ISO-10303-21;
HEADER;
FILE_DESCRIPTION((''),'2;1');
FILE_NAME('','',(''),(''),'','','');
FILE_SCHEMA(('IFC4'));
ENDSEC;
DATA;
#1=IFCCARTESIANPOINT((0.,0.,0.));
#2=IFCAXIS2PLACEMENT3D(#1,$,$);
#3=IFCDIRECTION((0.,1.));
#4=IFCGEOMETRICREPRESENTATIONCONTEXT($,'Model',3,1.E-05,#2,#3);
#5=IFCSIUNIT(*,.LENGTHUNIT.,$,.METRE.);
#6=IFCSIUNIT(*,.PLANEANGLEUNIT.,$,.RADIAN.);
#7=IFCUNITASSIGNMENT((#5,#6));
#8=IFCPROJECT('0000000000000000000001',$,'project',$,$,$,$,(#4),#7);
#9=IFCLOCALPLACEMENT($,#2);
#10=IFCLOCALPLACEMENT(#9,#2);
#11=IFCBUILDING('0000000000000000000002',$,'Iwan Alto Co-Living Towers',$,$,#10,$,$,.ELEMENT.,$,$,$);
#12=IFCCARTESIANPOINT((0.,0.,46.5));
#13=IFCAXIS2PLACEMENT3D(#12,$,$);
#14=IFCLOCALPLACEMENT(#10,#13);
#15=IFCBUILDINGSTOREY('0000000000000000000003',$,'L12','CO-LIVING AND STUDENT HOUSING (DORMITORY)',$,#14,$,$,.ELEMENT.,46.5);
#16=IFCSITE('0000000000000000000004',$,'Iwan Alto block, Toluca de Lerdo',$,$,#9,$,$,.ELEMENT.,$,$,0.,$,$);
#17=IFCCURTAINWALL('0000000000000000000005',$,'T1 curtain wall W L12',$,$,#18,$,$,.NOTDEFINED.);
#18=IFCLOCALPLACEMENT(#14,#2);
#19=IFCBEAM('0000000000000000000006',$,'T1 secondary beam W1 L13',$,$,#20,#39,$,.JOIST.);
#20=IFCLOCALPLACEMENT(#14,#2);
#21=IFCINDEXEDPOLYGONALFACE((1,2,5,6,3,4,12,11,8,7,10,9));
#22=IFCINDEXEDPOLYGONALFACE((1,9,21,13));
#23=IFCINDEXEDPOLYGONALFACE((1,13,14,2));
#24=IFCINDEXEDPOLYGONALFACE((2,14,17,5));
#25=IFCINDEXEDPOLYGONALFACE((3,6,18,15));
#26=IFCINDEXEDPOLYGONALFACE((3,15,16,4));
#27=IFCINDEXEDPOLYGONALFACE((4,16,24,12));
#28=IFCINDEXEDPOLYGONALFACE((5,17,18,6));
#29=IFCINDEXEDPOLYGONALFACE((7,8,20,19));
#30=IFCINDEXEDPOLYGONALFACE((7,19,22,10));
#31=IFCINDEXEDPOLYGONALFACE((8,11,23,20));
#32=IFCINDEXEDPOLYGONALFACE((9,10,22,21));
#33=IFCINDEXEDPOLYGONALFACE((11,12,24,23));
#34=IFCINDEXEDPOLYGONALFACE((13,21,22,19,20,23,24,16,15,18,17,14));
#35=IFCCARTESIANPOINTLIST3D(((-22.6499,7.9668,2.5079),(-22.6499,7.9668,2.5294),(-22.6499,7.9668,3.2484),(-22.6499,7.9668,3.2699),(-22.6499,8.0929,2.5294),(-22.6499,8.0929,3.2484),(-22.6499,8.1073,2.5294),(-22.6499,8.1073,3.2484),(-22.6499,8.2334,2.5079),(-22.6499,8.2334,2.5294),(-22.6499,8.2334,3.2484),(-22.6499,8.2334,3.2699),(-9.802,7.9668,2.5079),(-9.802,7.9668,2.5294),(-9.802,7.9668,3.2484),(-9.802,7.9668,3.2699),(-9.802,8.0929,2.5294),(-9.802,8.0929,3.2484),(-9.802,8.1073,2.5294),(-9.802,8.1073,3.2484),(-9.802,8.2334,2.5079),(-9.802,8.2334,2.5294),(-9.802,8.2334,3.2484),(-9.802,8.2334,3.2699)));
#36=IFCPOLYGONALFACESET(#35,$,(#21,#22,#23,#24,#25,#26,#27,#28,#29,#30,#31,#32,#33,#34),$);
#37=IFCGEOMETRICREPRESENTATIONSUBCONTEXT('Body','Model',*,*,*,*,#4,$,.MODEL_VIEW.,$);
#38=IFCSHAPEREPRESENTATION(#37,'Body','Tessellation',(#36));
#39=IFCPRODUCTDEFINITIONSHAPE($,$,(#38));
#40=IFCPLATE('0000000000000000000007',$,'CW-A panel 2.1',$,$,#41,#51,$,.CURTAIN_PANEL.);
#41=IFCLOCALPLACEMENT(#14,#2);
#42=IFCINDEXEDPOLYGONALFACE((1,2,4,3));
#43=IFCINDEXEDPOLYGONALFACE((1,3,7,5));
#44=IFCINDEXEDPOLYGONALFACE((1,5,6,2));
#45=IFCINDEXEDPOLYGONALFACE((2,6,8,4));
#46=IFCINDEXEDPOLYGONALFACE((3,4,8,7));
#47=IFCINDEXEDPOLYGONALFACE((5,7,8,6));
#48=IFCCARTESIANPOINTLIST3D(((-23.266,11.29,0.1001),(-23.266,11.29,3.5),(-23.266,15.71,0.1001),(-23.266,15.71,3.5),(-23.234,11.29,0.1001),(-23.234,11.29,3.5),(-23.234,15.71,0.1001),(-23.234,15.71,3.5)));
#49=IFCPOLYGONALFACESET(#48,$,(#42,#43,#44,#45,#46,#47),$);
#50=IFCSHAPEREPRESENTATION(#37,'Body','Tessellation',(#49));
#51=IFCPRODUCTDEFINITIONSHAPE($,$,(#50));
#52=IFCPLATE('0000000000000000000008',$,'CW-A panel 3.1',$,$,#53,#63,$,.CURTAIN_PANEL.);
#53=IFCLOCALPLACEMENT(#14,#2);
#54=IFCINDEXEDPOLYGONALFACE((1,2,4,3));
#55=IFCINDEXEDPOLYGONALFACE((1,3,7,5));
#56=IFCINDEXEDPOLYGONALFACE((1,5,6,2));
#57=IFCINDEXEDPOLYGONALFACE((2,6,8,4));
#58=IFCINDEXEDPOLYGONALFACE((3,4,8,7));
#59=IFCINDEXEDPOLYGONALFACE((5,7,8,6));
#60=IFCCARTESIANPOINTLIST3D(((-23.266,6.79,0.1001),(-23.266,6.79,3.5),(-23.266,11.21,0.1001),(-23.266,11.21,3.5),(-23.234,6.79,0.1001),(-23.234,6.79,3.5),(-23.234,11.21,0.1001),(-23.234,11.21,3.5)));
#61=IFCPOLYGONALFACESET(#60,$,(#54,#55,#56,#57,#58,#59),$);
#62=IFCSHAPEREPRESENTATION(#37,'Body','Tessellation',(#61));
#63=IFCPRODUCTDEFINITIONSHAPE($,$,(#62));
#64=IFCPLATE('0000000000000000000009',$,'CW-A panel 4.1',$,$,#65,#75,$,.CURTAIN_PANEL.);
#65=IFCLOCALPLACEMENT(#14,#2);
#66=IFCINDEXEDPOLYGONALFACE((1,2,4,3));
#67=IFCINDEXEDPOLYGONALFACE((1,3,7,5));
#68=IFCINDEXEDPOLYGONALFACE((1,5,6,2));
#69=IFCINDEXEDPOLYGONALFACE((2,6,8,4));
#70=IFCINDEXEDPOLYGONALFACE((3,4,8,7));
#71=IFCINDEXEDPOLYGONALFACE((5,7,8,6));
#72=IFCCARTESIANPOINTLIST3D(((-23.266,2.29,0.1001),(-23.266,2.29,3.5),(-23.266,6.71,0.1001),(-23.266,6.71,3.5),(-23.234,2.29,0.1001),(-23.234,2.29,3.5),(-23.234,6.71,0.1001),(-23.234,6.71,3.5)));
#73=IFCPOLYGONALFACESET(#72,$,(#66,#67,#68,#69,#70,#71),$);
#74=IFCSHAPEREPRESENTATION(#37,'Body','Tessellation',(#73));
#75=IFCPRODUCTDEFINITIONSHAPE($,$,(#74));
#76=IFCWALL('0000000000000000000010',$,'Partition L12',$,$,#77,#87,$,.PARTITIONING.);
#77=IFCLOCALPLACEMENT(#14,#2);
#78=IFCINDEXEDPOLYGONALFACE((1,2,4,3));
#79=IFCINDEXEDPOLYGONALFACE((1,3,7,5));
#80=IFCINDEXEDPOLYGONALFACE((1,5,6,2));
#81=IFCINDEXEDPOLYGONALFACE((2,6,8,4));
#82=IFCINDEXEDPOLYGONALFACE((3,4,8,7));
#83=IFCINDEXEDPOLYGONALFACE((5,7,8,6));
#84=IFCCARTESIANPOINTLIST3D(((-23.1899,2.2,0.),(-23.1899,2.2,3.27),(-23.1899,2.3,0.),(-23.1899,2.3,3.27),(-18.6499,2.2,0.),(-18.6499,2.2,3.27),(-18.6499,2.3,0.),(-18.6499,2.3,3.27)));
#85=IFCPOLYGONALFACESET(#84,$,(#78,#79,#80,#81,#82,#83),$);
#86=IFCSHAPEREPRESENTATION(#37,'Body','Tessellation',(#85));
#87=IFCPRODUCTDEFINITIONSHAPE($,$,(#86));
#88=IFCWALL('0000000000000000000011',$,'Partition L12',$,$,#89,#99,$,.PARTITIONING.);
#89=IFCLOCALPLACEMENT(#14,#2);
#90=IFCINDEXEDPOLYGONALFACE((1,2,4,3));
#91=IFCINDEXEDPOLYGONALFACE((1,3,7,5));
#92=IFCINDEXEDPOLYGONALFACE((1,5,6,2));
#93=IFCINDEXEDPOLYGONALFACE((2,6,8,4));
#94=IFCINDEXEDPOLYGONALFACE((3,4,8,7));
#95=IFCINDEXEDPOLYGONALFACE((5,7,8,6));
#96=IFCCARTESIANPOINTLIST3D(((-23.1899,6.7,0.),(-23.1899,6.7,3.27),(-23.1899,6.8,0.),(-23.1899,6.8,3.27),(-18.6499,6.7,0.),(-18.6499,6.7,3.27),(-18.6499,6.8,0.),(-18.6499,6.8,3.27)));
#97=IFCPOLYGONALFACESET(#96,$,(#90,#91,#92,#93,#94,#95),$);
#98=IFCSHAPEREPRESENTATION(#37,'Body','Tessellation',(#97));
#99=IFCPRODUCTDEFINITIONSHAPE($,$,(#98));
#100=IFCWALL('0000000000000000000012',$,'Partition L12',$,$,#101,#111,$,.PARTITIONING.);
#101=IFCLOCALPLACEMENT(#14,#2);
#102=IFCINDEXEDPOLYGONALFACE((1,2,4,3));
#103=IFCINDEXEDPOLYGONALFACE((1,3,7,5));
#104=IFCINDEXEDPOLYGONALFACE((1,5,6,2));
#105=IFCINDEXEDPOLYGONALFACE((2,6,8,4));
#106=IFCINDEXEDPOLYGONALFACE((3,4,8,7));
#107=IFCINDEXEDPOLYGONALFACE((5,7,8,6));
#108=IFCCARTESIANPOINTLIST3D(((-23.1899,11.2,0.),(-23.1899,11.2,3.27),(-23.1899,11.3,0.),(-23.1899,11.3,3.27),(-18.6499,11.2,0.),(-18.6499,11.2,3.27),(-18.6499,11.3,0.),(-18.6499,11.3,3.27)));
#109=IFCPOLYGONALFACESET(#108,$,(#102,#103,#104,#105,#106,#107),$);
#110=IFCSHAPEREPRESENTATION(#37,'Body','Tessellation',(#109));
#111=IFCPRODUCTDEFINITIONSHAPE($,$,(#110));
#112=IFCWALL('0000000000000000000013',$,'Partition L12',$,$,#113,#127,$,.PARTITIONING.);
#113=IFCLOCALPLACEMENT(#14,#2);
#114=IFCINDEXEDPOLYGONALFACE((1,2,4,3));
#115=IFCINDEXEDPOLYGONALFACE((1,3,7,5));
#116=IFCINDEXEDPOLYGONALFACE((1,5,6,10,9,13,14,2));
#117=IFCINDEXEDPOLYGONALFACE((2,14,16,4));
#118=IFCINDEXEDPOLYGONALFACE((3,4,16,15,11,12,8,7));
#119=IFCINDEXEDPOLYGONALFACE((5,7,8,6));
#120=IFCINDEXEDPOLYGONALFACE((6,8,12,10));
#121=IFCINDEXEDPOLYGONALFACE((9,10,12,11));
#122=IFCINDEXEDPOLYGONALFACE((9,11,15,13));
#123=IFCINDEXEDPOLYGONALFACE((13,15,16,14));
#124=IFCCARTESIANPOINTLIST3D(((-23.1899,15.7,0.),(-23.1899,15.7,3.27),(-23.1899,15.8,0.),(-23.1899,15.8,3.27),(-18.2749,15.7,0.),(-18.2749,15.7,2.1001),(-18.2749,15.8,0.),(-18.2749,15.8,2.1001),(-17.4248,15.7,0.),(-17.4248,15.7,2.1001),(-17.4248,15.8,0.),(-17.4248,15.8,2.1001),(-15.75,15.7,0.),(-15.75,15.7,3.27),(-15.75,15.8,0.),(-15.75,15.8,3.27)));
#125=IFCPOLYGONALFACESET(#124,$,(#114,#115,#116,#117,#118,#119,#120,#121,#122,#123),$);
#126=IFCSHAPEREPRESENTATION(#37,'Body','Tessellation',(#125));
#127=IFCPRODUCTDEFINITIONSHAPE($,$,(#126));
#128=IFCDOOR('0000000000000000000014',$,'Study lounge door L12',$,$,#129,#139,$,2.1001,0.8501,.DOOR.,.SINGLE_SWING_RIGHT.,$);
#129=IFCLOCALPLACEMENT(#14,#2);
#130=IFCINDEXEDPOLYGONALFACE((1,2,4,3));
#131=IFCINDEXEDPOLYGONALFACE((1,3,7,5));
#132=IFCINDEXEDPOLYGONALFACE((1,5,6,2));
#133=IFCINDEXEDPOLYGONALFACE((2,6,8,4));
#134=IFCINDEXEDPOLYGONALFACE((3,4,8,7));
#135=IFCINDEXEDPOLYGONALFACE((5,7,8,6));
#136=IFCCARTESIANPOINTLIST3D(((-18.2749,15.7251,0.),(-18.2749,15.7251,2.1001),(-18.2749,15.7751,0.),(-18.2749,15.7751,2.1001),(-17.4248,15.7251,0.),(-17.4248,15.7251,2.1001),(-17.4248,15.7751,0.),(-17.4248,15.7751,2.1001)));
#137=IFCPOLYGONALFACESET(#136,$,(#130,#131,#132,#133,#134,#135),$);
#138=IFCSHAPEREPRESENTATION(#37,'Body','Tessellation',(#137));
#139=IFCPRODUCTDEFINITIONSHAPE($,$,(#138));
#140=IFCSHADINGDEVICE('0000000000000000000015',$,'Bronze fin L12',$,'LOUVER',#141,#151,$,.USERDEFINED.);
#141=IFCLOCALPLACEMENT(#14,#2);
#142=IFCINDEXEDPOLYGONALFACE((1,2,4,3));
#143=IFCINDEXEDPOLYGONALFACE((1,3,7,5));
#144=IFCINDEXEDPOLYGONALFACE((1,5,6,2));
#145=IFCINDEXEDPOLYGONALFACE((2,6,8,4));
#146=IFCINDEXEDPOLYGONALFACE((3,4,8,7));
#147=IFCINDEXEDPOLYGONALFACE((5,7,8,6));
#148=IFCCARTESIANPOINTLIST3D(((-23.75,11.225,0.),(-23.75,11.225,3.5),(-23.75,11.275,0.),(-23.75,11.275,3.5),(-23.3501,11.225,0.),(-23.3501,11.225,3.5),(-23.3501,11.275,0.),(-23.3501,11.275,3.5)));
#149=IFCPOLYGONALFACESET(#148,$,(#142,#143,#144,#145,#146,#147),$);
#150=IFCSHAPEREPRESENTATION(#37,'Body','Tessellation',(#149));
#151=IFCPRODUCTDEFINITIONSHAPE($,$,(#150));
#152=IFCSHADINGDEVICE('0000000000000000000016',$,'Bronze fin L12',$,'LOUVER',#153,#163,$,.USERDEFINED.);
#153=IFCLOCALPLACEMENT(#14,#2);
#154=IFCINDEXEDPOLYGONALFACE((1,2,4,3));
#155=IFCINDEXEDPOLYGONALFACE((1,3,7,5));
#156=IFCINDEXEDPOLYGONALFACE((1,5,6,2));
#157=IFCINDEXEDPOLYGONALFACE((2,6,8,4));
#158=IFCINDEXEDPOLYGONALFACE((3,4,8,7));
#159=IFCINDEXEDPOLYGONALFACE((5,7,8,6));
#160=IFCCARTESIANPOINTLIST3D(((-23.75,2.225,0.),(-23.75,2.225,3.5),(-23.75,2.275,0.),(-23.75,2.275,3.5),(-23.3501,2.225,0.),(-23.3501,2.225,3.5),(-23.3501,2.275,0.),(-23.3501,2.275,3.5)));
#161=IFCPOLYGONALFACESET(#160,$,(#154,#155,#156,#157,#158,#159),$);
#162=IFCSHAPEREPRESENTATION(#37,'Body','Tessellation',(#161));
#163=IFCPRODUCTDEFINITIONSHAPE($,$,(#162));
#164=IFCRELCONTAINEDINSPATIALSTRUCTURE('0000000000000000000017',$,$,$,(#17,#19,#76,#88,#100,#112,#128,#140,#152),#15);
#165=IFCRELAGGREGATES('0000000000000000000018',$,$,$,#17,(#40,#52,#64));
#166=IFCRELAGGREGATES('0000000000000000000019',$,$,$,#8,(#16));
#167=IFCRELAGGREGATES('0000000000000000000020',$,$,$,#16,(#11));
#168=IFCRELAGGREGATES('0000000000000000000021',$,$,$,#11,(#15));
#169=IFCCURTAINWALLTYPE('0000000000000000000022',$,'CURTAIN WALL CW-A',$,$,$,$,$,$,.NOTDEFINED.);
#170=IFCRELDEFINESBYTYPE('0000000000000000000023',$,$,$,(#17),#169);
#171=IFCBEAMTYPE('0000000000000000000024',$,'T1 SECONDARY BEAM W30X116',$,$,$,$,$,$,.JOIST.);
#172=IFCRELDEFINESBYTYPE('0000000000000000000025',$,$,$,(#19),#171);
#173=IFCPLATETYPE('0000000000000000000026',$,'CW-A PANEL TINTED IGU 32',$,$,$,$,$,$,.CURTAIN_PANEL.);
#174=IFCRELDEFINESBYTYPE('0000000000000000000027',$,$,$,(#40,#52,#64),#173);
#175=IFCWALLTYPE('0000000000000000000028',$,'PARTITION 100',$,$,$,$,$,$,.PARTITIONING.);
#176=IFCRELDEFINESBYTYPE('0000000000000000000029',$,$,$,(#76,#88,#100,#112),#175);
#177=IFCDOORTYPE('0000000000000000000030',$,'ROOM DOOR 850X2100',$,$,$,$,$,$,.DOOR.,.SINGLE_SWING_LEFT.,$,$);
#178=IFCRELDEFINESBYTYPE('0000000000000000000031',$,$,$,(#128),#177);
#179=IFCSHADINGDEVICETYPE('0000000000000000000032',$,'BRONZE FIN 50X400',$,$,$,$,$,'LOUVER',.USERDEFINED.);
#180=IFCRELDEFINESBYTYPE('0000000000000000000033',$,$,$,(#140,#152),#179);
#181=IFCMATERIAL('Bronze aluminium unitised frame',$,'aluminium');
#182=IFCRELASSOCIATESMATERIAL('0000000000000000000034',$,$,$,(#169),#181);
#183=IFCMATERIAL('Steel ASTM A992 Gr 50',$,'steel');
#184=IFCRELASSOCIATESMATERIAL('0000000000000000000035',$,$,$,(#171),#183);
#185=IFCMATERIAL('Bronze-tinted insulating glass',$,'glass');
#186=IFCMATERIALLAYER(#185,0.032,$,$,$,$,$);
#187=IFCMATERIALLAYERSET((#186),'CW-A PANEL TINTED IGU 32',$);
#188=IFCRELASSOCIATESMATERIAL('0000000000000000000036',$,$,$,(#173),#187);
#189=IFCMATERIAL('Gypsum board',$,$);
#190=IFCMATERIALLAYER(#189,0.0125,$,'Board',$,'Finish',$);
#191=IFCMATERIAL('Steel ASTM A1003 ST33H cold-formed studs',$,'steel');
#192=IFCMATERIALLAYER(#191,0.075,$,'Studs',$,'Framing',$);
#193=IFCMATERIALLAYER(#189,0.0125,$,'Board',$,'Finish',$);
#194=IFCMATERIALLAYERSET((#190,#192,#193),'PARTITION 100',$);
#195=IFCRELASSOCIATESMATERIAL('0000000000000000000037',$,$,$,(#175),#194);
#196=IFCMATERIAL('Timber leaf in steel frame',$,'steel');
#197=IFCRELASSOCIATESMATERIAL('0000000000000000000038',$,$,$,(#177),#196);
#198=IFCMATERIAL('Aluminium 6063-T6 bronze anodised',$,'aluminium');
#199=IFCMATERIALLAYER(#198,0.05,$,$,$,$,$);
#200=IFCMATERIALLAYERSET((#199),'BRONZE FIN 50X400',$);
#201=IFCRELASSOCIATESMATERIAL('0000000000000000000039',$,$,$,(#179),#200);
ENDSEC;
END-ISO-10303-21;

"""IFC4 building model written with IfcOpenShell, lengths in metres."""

from ifc_helpers import new_model, si_unit, direction, frame, frame_2d, origin, origin_2d, place, context, subcontext, project, spatial, rectangle, i_section, extrude, material, layer, layer_set, material_profile, profile_set, type_object, element, fill, aggregate, save


model = new_model("IFC4")

# Units and contexts
model_context = context("Model", 3, precision=1e-05, world=origin(), true_north=direction((0.0, 1.0)))
body_context = subcontext(model_context, "Body", "Model", "MODEL_VIEW")
ifc_project = project(units=[si_unit("LENGTHUNIT", "METRE"), si_unit("PLANEANGLEUNIT", "RADIAN")], contexts=[model_context])

# Site, building, storey
site_placement = place(None, origin())
site = spatial("IfcSite", under=ifc_project, at=site_placement, Name="Iwan Alto block, Toluca de Lerdo", CompositionType="ELEMENT", RefElevation=0.0)
building_placement = place(site_placement, origin())
building = spatial("IfcBuilding", under=site, at=building_placement, Name="Iwan Alto Co-Living Towers", CompositionType="ELEMENT")
storey_placement = place(building_placement, frame((0.0, 0.0, 46.5)))
storey = spatial("IfcBuildingStorey", under=building, at=storey_placement, Name="L12", Description="CO-LIVING AND STUDENT HOUSING (DORMITORY)", CompositionType="ELEMENT", Elevation=46.5)

# Curtain wall
ifc_material_1 = material(Name="Bronze aluminium unitised frame", Category="aluminium")
curtain_wall_type = type_object("IfcCurtainWallType", Name="CURTAIN WALL CW-A", PredefinedType="NOTDEFINED", material=ifc_material_1)
curtain_wall_placement = place(storey_placement, origin())
curtain_wall = element("IfcCurtainWall", 1, at=curtain_wall_placement, inside=storey, type_object=curtain_wall_type, Name="T1 curtain wall W L12", PredefinedType="NOTDEFINED")

# Beam
ifc_material_2 = material(Name="Steel ASTM A992 Gr 50", Category="steel")
ifc_material_profile_1 = material_profile(ifc_material_2, i_section(OverallWidth=0.2666, OverallDepth=0.762, WebThickness=0.0144, FlangeThickness=0.0215, at=origin_2d()), Name="W30X116")
ifc_profile_set_1 = profile_set([ifc_material_profile_1], Name="Steel ASTM A992 Gr 50")
beam_type_1 = type_object("IfcBeamType", Name="T1 SECONDARY BEAM W30X116", PredefinedType="JOIST", material=ifc_profile_set_1)
beam_1_placement = place(storey_placement, frame((-22.6499, 8.1001, 2.8889), z_axis=(1.0, 0.0, 0.0), x_axis=(0.0, 1.0, 0.0)))
element("IfcBeam", 2, at=beam_1_placement, inside=storey, type_object=beam_type_1, Name="T1 secondary beam W1 L13", PredefinedType="JOIST", context=body_context, shape_type="SweptSolid", body=[
    extrude(i_section(OverallWidth=0.2666, OverallDepth=0.762, WebThickness=0.0144, FlangeThickness=0.0215, at=origin_2d()), origin(), (0.0, 0.0, 1.0), 12.8479),
])

# Plates
ifc_material_3 = material(Name="Bronze-tinted insulating glass", Category="glass")
ifc_layer_1 = layer(ifc_material_3, 0.032)
ifc_layer_set_1 = layer_set([ifc_layer_1], Name="CW-A PANEL TINTED IGU 32")
plate_type = type_object("IfcPlateType", Name="CW-A PANEL TINTED IGU 32", PredefinedType="CURTAIN_PANEL", material=ifc_layer_set_1)
plate_1_placement = place(storey_placement, frame((-23.25, 13.5, 0.1001), z_axis=(0.0, 0.0, 1.0), x_axis=(0.0, -1.0, 0.0)))
plate_1 = element("IfcPlate", 3, at=plate_1_placement, type_object=plate_type, Name="CW-A panel 2.1", PredefinedType="CURTAIN_PANEL", context=body_context, shape_type="SweptSolid", body=[
    extrude(rectangle(XDim=4.4199, YDim=0.032, at=origin_2d()), origin(), (0.0, 0.0, 1.0), 3.3999),
])
plate_2_placement = place(storey_placement, frame((-23.25, 9.0, 0.1001), z_axis=(0.0, 0.0, 1.0), x_axis=(0.0, -1.0, 0.0)))
plate_2 = element("IfcPlate", 4, at=plate_2_placement, type_object=plate_type, Name="CW-A panel 3.1", PredefinedType="CURTAIN_PANEL", context=body_context, shape_type="SweptSolid", body=[
    extrude(rectangle(XDim=4.4199, YDim=0.032, at=origin_2d()), origin(), (0.0, 0.0, 1.0), 3.3999),
])
plate_3_placement = place(storey_placement, frame((-23.25, 4.5, 0.1001), z_axis=(0.0, 0.0, 1.0), x_axis=(0.0, -1.0, 0.0)))
plate_3 = element("IfcPlate", 5, at=plate_3_placement, type_object=plate_type, Name="CW-A panel 4.1", PredefinedType="CURTAIN_PANEL", context=body_context, shape_type="SweptSolid", body=[
    extrude(rectangle(XDim=4.4199, YDim=0.032, at=origin_2d()), origin(), (0.0, 0.0, 1.0), 3.3999),
])
aggregate(curtain_wall, [plate_1, plate_2, plate_3])

# Walls
ifc_material_4 = material(Name="Gypsum board")
ifc_layer_2 = layer(ifc_material_4, 0.0125, Name="Board", Category="Finish")
ifc_material_5 = material(Name="Steel ASTM A1003 ST33H cold-formed studs", Category="steel")
ifc_layer_3 = layer(ifc_material_5, 0.075, Name="Studs", Category="Framing")
ifc_layer_4 = layer(ifc_material_4, 0.0125, Name="Board", Category="Finish")
ifc_layer_set_2 = layer_set([ifc_layer_2, ifc_layer_3, ifc_layer_4], Name="PARTITION 100")
wall_type = type_object("IfcWallType", Name="PARTITION 100", PredefinedType="PARTITIONING", material=ifc_layer_set_2)
for number, where, z_axis, x_axis, name in (
    (6, (-23.1899, 2.25, 0.0), (0.0, 0.0, 1.0), (1.0, 0.0, 0.0), "Partition L12"),
    (7, (-23.1899, 6.75, 0.0), (0.0, 0.0, 1.0), (1.0, 0.0, 0.0), "Partition L12"),
    (8, (-23.1899, 11.25, 0.0), (0.0, 0.0, 1.0), (1.0, 0.0, 0.0), "Partition L12"),
):
    element("IfcWall", number, at=place(storey_placement, frame(where, z_axis=z_axis, x_axis=x_axis)), inside=storey, type_object=wall_type, Name=name, PredefinedType="PARTITIONING", context=body_context, shape_type="SweptSolid", body=[
        extrude(rectangle(XDim=4.54, YDim=0.1001, at=frame_2d((2.27, 0.0))), origin(), (0.0, 0.0, 1.0), 3.27),
    ])

# Wall, opening, door
wall_placement = place(storey_placement, frame((-23.1899, 15.75, 0.0), z_axis=(0.0, 0.0, 1.0), x_axis=(1.0, 0.0, 0.0)))
wall = element("IfcWall", 9, at=wall_placement, inside=storey, type_object=wall_type, Name="Partition L12", PredefinedType="PARTITIONING", context=body_context, shape_type="SweptSolid", body=[
    extrude(rectangle(XDim=7.4399, YDim=0.1001, at=frame_2d((3.72, 0.0))), origin(), (0.0, 0.0, 1.0), 3.27),
])
opening_placement = place(wall_placement, frame((4.915, 0.0, 0.0)))
opening = element("IfcOpeningElement", 10, at=opening_placement, cuts=wall, PredefinedType="OPENING", context=body_context, shape_type="SweptSolid", body=[
    extrude(rectangle(XDim=0.8501, YDim=2.1001, at=frame_2d((0.425, 1.05))), frame((0.0, 0.0601, 0.0), z_axis=(0.0, -1.0, 0.0), x_axis=(1.0, 0.0, 0.0)), (0.0, 0.0, 1.0), 0.1201),
])
ifc_material_6 = material(Name="Timber leaf in steel frame", Category="steel")
door_type = type_object("IfcDoorType", Name="ROOM DOOR 850X2100", OperationType="SINGLE_SWING_LEFT", PredefinedType="DOOR", material=ifc_material_6)
door_placement = place(opening_placement, frame((0.8501, 0.0, 0.0), z_axis=(0.0, 0.0, 1.0), x_axis=(-1.0, 0.0, 0.0)))
door = element("IfcDoor", 11, at=door_placement, inside=storey, type_object=door_type, Name="Study lounge door L12", OperationType="SINGLE_SWING_RIGHT", OverallHeight=2.1001, OverallWidth=0.8501, PredefinedType="DOOR", context=body_context, shape_type="SweptSolid", body=[
    extrude(rectangle(XDim=0.8501, YDim=2.1001, at=frame_2d((0.425, 1.05))), frame((0.0, 0.0249, 0.0), z_axis=(0.0, -1.0, 0.0), x_axis=(1.0, 0.0, 0.0)), (0.0, 0.0, 1.0), 0.05),
])
fill(opening, door)

# Shading devices
ifc_material_7 = material(Name="Aluminium 6063-T6 bronze anodised", Category="aluminium")
ifc_layer_5 = layer(ifc_material_7, 0.05)
ifc_layer_set_3 = layer_set([ifc_layer_5], Name="BRONZE FIN 50X400")
shading_device_type = type_object("IfcShadingDeviceType", Name="BRONZE FIN 50X400", ElementType="LOUVER", PredefinedType="USERDEFINED", material=ifc_layer_set_3)
for number, where, z_axis, x_axis, name in (
    (12, (-23.55, 11.25, 0.0), (0.0, 0.0, 1.0), (0.0, -1.0, 0.0), "Bronze fin L12"),
    (13, (-23.55, 2.25, 0.0), (0.0, 0.0, 1.0), (0.0, -1.0, 0.0), "Bronze fin L12"),
):
    element("IfcShadingDevice", number, at=place(storey_placement, frame(where, z_axis=z_axis, x_axis=x_axis)), inside=storey, type_object=shading_device_type, Name=name, ObjectType="LOUVER", PredefinedType="USERDEFINED", context=body_context, shape_type="SweptSolid", body=[
        extrude(rectangle(XDim=0.05, YDim=0.3999, at=origin_2d()), origin(), (0.0, 0.0, 1.0), 3.5),
    ])

save(model, "model.ifc")
